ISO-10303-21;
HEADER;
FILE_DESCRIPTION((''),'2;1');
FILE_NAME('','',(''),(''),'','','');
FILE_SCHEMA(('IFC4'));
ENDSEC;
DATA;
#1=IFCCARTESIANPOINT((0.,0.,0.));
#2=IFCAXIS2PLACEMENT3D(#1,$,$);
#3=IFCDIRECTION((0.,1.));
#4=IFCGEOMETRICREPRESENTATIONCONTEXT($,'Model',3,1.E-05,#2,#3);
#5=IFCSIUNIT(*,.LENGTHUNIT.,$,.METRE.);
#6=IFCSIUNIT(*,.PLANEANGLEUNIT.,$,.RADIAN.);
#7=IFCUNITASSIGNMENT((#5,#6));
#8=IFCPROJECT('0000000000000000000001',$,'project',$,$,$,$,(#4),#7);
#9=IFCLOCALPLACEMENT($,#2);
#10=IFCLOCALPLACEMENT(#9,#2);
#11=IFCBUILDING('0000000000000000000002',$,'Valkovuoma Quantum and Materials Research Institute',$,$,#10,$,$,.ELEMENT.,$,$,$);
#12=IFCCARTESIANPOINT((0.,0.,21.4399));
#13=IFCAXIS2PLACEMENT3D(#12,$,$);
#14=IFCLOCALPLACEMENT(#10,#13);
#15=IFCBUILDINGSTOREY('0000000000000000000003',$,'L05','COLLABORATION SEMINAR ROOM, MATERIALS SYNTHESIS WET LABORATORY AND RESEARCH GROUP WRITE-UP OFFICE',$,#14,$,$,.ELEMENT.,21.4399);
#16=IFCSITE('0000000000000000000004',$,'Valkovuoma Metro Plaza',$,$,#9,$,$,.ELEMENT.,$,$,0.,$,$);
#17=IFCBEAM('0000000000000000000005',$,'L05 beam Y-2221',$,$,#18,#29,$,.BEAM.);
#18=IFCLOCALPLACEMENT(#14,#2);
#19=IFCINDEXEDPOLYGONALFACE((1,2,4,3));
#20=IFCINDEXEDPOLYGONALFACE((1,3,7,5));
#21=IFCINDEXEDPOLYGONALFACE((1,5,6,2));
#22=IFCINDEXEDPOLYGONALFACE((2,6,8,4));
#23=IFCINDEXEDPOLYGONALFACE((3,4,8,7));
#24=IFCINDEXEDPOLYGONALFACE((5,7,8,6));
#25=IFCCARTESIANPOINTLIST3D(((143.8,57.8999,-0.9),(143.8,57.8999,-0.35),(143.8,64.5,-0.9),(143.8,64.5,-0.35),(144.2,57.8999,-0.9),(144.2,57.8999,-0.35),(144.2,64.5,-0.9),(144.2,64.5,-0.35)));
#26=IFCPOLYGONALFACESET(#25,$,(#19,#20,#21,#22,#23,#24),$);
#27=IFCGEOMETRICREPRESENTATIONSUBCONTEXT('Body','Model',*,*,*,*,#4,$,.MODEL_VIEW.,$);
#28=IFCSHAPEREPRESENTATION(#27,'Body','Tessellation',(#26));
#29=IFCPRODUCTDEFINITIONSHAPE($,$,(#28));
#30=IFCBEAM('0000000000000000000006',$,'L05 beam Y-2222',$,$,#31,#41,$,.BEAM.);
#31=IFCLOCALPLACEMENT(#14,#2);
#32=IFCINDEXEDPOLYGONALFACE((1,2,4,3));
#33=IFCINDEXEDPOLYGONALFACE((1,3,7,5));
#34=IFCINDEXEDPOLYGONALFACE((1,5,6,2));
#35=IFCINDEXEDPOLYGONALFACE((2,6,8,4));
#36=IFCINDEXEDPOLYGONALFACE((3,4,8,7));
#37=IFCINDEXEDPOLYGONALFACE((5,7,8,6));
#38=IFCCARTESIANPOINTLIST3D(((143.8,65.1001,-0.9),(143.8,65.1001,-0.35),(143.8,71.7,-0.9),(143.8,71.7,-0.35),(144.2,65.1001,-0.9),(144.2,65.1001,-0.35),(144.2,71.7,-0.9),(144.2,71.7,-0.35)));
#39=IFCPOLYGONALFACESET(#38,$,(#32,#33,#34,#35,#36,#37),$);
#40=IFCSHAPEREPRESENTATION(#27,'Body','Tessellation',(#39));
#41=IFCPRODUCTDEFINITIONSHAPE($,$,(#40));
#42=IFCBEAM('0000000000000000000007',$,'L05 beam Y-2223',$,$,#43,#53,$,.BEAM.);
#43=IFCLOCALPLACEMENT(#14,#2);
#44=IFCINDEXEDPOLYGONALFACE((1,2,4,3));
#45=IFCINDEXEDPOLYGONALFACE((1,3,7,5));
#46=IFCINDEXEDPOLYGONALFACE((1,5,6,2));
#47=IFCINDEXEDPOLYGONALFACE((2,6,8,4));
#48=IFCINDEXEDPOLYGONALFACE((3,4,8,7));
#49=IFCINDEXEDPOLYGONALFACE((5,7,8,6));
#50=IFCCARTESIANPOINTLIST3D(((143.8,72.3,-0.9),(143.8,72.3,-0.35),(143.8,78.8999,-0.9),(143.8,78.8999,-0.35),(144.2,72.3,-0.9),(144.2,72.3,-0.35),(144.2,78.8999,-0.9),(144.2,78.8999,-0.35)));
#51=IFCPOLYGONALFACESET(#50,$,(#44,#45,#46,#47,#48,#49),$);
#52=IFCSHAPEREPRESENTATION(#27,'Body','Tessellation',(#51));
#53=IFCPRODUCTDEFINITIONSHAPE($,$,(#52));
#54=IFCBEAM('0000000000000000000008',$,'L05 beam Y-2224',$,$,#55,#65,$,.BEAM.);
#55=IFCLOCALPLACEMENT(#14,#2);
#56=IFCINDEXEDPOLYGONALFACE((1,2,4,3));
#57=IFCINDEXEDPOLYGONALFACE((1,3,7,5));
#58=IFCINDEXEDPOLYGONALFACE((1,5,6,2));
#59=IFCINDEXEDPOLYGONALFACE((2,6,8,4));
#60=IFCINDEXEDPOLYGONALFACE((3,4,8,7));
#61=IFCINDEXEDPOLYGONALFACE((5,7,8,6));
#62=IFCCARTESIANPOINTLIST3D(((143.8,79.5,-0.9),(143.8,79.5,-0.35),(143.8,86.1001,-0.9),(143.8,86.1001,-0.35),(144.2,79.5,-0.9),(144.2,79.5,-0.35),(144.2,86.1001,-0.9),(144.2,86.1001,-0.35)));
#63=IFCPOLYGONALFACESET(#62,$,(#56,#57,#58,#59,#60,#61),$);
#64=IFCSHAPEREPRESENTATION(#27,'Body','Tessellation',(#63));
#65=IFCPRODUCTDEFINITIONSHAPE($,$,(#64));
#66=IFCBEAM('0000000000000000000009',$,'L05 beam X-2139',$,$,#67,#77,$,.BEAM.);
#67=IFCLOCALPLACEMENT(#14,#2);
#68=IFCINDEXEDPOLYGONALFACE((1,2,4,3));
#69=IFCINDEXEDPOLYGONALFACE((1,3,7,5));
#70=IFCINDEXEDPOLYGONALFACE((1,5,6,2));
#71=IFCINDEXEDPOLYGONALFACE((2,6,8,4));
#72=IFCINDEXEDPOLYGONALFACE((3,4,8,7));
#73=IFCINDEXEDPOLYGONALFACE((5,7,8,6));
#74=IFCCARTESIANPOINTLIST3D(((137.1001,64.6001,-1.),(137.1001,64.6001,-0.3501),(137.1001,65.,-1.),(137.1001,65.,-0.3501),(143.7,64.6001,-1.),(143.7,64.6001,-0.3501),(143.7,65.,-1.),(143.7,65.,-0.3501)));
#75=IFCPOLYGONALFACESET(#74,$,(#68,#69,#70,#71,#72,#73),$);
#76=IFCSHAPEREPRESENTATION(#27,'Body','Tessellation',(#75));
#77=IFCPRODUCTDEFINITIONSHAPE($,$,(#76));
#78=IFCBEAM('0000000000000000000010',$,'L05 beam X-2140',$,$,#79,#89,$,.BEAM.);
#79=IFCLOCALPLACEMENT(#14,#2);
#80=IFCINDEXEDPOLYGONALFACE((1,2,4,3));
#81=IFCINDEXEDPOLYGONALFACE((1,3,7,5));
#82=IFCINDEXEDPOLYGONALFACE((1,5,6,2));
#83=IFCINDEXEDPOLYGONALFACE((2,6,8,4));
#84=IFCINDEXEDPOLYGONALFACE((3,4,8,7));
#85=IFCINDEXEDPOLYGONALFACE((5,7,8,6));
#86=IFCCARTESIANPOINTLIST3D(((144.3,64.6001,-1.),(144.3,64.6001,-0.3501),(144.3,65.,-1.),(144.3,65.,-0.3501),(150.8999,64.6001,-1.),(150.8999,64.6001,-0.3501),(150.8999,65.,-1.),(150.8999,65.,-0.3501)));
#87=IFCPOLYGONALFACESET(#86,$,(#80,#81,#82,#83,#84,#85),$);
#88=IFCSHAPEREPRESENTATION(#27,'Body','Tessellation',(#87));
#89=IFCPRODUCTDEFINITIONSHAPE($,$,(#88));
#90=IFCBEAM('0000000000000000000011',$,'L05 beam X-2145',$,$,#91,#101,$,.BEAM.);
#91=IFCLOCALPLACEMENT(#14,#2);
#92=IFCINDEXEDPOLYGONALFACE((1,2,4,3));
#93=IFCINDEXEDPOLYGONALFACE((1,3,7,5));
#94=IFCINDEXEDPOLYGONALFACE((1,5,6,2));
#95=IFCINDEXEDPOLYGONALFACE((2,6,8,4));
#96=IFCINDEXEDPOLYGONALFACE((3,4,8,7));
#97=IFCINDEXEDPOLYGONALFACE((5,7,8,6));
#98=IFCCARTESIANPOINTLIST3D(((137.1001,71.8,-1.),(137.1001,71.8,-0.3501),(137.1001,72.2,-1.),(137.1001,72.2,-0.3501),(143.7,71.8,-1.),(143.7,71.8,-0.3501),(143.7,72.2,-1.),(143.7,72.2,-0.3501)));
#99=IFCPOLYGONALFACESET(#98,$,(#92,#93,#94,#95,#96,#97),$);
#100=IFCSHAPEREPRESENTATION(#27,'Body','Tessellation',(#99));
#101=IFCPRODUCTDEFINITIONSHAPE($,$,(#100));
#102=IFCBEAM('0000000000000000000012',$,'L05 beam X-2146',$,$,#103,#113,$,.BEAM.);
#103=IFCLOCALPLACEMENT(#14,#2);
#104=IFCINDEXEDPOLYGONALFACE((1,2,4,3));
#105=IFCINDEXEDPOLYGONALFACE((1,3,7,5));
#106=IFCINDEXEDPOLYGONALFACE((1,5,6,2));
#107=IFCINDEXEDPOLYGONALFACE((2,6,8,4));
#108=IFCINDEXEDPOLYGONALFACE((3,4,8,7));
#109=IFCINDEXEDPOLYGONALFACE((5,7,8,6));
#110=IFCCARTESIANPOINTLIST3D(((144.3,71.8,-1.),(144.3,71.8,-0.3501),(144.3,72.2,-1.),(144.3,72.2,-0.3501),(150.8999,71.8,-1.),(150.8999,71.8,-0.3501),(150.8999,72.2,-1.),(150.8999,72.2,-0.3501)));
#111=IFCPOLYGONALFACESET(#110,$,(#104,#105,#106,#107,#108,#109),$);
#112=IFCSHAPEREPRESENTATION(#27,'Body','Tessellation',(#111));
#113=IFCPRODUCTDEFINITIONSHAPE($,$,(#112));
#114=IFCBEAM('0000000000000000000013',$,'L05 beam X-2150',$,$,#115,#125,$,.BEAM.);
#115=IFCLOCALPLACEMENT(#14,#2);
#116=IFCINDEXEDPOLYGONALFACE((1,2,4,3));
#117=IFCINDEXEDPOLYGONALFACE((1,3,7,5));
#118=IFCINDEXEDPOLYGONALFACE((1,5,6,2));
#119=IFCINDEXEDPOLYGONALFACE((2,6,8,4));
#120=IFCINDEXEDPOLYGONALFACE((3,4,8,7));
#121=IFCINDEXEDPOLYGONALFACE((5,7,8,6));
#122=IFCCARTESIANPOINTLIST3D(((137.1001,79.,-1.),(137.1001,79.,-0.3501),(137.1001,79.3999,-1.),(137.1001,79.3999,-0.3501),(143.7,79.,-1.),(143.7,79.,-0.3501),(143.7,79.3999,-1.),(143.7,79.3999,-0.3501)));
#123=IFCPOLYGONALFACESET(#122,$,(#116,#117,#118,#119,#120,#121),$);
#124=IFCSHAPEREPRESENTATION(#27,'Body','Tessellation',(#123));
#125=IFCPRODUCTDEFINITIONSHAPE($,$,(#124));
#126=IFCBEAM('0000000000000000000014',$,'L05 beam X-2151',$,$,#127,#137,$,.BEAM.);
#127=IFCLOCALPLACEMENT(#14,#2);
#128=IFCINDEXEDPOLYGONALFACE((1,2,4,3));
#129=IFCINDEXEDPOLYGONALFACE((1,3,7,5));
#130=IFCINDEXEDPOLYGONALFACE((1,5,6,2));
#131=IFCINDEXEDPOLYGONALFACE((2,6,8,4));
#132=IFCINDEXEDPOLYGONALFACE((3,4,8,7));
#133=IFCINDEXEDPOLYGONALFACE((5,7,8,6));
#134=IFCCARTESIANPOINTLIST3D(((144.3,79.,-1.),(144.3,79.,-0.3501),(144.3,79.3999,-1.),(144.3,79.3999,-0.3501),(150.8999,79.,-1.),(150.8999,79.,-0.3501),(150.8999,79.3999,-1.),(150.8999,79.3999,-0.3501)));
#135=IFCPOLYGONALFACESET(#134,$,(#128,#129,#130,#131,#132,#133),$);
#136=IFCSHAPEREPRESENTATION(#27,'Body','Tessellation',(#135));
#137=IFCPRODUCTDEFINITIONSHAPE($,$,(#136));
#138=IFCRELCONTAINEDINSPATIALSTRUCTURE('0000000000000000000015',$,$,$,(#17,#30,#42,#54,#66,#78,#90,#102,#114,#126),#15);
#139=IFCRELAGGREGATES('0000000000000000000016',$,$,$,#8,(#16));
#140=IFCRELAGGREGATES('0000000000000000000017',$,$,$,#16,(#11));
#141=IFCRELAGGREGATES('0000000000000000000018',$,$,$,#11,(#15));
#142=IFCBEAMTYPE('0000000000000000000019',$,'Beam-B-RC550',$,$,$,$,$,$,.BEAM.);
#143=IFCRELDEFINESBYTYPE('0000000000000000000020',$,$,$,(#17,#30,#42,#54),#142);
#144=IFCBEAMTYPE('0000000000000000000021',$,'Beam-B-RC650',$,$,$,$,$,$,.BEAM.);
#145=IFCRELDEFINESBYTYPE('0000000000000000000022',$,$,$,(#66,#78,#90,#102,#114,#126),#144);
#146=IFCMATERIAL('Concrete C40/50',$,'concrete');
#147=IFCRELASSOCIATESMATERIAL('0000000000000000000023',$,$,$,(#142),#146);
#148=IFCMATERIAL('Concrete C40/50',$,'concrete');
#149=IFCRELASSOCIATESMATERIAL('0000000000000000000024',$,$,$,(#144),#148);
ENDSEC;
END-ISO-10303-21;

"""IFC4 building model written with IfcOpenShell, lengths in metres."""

from ifc_helpers import new_model, si_unit, direction, frame, origin, origin_2d, place, context, subcontext, project, spatial, rectangle, extrude, material, material_profile, profile_set, type_object, element, save


model = new_model("IFC4")

# Units and contexts
model_context = context("Model", 3, precision=1e-05, world=origin(), true_north=direction((0.0, 1.0)))
body_context = subcontext(model_context, "Body", "Model", "MODEL_VIEW")
ifc_project = project(units=[si_unit("LENGTHUNIT", "METRE"), si_unit("PLANEANGLEUNIT", "RADIAN")], contexts=[model_context])

# Site, building, storey
site_placement = place(None, origin())
site = spatial("IfcSite", under=ifc_project, at=site_placement, Name="Valkovuoma Metro Plaza", CompositionType="ELEMENT", RefElevation=0.0)
building_placement = place(site_placement, origin())
building = spatial("IfcBuilding", under=site, at=building_placement, Name="Valkovuoma Quantum and Materials Research Institute", CompositionType="ELEMENT")
storey_placement = place(building_placement, frame((0.0, 0.0, 21.4399)))
storey = spatial("IfcBuildingStorey", under=building, at=storey_placement, Name="L05", Description="COLLABORATION SEMINAR ROOM, MATERIALS SYNTHESIS WET LABORATORY AND RESEARCH GROUP WRITE-UP OFFICE", CompositionType="ELEMENT", Elevation=21.4399)

# Beams
ifc_material_1 = material(Name="Concrete C40/50", Category="concrete")
ifc_material_profile_1 = material_profile(ifc_material_1, rectangle(XDim=0.3999, YDim=0.55, at=origin_2d()), Name="Concrete C40/50")
ifc_profile_set_1 = profile_set([ifc_material_profile_1], Name="Concrete C40/50")
beam_type_1 = type_object("IfcBeamType", Name="Beam-B-RC550", PredefinedType="BEAM", material=ifc_profile_set_1)
for number, where, z_axis, x_axis, name in (
    (1, (144.0, 57.8999, -0.625), (0.0, 1.0, 0.0), (-1.0, 0.0, 0.0), "L05 beam Y-2221"),
):
    element("IfcBeam", number, at=place(storey_placement, frame(where, z_axis=z_axis, x_axis=x_axis)), inside=storey, type_object=beam_type_1, Name=name, PredefinedType="BEAM", context=body_context, shape_type="SweptSolid", body=[
        extrude(rectangle(XDim=0.3999, YDim=0.55, at=origin_2d()), origin(), (0.0, 0.0, 1.0), 6.6001),
    ])
for number, where, z_axis, x_axis, name in (
    (2, (144.0, 65.1001, -0.625), (0.0, 1.0, 0.0), (-1.0, 0.0, 0.0), "L05 beam Y-2222"),
    (3, (144.0, 72.3, -0.625), (0.0, 1.0, 0.0), (-1.0, 0.0, 0.0), "L05 beam Y-2223"),
):
    element("IfcBeam", number, at=place(storey_placement, frame(where, z_axis=z_axis, x_axis=x_axis)), inside=storey, type_object=beam_type_1, Name=name, PredefinedType="BEAM", context=body_context, shape_type="SweptSolid", body=[
        extrude(rectangle(XDim=0.3999, YDim=0.55, at=origin_2d()), origin(), (0.0, 0.0, 1.0), 6.5999),
    ])
beam_placement = place(storey_placement, frame((144.0, 79.5, -0.625), z_axis=(0.0, 1.0, 0.0), x_axis=(-1.0, 0.0, 0.0)))
element("IfcBeam", 4, at=beam_placement, inside=storey, type_object=beam_type_1, Name="L05 beam Y-2224", PredefinedType="BEAM", context=body_context, shape_type="SweptSolid", body=[
    extrude(rectangle(XDim=0.3999, YDim=0.55, at=origin_2d()), origin(), (0.0, 0.0, 1.0), 6.6001),
])
ifc_material_2 = material(Name="Concrete C40/50", Category="concrete")
ifc_material_profile_2 = material_profile(ifc_material_2, rectangle(XDim=0.3999, YDim=0.6499, at=origin_2d()), Name="Concrete C40/50")
ifc_profile_set_2 = profile_set([ifc_material_profile_2], Name="Concrete C40/50")
beam_type_2 = type_object("IfcBeamType", Name="Beam-B-RC650", PredefinedType="BEAM", material=ifc_profile_set_2)
for number, where, z_axis, x_axis, name in (
    (5, (137.1001, 64.8, -0.675), (1.0, 0.0, 0.0), (0.0, 1.0, 0.0), "L05 beam X-2139"),
    (6, (144.3, 64.8, -0.675), (1.0, 0.0, 0.0), (0.0, 1.0, 0.0), "L05 beam X-2140"),
    (7, (137.1001, 72.0, -0.675), (1.0, 0.0, 0.0), (0.0, 1.0, 0.0), "L05 beam X-2145"),
    (8, (144.3, 72.0, -0.675), (1.0, 0.0, 0.0), (0.0, 1.0, 0.0), "L05 beam X-2146"),
    (9, (137.1001, 79.2, -0.675), (1.0, 0.0, 0.0), (0.0, 1.0, 0.0), "L05 beam X-2150"),
    (10, (144.3, 79.2, -0.675), (1.0, 0.0, 0.0), (0.0, 1.0, 0.0), "L05 beam X-2151"),
):
    element("IfcBeam", number, at=place(storey_placement, frame(where, z_axis=z_axis, x_axis=x_axis)), inside=storey, type_object=beam_type_2, Name=name, PredefinedType="BEAM", context=body_context, shape_type="SweptSolid", body=[
        extrude(rectangle(XDim=0.3999, YDim=0.6499, at=origin_2d()), origin(), (0.0, 0.0, 1.0), 6.5999),
    ])

save(model, "model.ifc")
